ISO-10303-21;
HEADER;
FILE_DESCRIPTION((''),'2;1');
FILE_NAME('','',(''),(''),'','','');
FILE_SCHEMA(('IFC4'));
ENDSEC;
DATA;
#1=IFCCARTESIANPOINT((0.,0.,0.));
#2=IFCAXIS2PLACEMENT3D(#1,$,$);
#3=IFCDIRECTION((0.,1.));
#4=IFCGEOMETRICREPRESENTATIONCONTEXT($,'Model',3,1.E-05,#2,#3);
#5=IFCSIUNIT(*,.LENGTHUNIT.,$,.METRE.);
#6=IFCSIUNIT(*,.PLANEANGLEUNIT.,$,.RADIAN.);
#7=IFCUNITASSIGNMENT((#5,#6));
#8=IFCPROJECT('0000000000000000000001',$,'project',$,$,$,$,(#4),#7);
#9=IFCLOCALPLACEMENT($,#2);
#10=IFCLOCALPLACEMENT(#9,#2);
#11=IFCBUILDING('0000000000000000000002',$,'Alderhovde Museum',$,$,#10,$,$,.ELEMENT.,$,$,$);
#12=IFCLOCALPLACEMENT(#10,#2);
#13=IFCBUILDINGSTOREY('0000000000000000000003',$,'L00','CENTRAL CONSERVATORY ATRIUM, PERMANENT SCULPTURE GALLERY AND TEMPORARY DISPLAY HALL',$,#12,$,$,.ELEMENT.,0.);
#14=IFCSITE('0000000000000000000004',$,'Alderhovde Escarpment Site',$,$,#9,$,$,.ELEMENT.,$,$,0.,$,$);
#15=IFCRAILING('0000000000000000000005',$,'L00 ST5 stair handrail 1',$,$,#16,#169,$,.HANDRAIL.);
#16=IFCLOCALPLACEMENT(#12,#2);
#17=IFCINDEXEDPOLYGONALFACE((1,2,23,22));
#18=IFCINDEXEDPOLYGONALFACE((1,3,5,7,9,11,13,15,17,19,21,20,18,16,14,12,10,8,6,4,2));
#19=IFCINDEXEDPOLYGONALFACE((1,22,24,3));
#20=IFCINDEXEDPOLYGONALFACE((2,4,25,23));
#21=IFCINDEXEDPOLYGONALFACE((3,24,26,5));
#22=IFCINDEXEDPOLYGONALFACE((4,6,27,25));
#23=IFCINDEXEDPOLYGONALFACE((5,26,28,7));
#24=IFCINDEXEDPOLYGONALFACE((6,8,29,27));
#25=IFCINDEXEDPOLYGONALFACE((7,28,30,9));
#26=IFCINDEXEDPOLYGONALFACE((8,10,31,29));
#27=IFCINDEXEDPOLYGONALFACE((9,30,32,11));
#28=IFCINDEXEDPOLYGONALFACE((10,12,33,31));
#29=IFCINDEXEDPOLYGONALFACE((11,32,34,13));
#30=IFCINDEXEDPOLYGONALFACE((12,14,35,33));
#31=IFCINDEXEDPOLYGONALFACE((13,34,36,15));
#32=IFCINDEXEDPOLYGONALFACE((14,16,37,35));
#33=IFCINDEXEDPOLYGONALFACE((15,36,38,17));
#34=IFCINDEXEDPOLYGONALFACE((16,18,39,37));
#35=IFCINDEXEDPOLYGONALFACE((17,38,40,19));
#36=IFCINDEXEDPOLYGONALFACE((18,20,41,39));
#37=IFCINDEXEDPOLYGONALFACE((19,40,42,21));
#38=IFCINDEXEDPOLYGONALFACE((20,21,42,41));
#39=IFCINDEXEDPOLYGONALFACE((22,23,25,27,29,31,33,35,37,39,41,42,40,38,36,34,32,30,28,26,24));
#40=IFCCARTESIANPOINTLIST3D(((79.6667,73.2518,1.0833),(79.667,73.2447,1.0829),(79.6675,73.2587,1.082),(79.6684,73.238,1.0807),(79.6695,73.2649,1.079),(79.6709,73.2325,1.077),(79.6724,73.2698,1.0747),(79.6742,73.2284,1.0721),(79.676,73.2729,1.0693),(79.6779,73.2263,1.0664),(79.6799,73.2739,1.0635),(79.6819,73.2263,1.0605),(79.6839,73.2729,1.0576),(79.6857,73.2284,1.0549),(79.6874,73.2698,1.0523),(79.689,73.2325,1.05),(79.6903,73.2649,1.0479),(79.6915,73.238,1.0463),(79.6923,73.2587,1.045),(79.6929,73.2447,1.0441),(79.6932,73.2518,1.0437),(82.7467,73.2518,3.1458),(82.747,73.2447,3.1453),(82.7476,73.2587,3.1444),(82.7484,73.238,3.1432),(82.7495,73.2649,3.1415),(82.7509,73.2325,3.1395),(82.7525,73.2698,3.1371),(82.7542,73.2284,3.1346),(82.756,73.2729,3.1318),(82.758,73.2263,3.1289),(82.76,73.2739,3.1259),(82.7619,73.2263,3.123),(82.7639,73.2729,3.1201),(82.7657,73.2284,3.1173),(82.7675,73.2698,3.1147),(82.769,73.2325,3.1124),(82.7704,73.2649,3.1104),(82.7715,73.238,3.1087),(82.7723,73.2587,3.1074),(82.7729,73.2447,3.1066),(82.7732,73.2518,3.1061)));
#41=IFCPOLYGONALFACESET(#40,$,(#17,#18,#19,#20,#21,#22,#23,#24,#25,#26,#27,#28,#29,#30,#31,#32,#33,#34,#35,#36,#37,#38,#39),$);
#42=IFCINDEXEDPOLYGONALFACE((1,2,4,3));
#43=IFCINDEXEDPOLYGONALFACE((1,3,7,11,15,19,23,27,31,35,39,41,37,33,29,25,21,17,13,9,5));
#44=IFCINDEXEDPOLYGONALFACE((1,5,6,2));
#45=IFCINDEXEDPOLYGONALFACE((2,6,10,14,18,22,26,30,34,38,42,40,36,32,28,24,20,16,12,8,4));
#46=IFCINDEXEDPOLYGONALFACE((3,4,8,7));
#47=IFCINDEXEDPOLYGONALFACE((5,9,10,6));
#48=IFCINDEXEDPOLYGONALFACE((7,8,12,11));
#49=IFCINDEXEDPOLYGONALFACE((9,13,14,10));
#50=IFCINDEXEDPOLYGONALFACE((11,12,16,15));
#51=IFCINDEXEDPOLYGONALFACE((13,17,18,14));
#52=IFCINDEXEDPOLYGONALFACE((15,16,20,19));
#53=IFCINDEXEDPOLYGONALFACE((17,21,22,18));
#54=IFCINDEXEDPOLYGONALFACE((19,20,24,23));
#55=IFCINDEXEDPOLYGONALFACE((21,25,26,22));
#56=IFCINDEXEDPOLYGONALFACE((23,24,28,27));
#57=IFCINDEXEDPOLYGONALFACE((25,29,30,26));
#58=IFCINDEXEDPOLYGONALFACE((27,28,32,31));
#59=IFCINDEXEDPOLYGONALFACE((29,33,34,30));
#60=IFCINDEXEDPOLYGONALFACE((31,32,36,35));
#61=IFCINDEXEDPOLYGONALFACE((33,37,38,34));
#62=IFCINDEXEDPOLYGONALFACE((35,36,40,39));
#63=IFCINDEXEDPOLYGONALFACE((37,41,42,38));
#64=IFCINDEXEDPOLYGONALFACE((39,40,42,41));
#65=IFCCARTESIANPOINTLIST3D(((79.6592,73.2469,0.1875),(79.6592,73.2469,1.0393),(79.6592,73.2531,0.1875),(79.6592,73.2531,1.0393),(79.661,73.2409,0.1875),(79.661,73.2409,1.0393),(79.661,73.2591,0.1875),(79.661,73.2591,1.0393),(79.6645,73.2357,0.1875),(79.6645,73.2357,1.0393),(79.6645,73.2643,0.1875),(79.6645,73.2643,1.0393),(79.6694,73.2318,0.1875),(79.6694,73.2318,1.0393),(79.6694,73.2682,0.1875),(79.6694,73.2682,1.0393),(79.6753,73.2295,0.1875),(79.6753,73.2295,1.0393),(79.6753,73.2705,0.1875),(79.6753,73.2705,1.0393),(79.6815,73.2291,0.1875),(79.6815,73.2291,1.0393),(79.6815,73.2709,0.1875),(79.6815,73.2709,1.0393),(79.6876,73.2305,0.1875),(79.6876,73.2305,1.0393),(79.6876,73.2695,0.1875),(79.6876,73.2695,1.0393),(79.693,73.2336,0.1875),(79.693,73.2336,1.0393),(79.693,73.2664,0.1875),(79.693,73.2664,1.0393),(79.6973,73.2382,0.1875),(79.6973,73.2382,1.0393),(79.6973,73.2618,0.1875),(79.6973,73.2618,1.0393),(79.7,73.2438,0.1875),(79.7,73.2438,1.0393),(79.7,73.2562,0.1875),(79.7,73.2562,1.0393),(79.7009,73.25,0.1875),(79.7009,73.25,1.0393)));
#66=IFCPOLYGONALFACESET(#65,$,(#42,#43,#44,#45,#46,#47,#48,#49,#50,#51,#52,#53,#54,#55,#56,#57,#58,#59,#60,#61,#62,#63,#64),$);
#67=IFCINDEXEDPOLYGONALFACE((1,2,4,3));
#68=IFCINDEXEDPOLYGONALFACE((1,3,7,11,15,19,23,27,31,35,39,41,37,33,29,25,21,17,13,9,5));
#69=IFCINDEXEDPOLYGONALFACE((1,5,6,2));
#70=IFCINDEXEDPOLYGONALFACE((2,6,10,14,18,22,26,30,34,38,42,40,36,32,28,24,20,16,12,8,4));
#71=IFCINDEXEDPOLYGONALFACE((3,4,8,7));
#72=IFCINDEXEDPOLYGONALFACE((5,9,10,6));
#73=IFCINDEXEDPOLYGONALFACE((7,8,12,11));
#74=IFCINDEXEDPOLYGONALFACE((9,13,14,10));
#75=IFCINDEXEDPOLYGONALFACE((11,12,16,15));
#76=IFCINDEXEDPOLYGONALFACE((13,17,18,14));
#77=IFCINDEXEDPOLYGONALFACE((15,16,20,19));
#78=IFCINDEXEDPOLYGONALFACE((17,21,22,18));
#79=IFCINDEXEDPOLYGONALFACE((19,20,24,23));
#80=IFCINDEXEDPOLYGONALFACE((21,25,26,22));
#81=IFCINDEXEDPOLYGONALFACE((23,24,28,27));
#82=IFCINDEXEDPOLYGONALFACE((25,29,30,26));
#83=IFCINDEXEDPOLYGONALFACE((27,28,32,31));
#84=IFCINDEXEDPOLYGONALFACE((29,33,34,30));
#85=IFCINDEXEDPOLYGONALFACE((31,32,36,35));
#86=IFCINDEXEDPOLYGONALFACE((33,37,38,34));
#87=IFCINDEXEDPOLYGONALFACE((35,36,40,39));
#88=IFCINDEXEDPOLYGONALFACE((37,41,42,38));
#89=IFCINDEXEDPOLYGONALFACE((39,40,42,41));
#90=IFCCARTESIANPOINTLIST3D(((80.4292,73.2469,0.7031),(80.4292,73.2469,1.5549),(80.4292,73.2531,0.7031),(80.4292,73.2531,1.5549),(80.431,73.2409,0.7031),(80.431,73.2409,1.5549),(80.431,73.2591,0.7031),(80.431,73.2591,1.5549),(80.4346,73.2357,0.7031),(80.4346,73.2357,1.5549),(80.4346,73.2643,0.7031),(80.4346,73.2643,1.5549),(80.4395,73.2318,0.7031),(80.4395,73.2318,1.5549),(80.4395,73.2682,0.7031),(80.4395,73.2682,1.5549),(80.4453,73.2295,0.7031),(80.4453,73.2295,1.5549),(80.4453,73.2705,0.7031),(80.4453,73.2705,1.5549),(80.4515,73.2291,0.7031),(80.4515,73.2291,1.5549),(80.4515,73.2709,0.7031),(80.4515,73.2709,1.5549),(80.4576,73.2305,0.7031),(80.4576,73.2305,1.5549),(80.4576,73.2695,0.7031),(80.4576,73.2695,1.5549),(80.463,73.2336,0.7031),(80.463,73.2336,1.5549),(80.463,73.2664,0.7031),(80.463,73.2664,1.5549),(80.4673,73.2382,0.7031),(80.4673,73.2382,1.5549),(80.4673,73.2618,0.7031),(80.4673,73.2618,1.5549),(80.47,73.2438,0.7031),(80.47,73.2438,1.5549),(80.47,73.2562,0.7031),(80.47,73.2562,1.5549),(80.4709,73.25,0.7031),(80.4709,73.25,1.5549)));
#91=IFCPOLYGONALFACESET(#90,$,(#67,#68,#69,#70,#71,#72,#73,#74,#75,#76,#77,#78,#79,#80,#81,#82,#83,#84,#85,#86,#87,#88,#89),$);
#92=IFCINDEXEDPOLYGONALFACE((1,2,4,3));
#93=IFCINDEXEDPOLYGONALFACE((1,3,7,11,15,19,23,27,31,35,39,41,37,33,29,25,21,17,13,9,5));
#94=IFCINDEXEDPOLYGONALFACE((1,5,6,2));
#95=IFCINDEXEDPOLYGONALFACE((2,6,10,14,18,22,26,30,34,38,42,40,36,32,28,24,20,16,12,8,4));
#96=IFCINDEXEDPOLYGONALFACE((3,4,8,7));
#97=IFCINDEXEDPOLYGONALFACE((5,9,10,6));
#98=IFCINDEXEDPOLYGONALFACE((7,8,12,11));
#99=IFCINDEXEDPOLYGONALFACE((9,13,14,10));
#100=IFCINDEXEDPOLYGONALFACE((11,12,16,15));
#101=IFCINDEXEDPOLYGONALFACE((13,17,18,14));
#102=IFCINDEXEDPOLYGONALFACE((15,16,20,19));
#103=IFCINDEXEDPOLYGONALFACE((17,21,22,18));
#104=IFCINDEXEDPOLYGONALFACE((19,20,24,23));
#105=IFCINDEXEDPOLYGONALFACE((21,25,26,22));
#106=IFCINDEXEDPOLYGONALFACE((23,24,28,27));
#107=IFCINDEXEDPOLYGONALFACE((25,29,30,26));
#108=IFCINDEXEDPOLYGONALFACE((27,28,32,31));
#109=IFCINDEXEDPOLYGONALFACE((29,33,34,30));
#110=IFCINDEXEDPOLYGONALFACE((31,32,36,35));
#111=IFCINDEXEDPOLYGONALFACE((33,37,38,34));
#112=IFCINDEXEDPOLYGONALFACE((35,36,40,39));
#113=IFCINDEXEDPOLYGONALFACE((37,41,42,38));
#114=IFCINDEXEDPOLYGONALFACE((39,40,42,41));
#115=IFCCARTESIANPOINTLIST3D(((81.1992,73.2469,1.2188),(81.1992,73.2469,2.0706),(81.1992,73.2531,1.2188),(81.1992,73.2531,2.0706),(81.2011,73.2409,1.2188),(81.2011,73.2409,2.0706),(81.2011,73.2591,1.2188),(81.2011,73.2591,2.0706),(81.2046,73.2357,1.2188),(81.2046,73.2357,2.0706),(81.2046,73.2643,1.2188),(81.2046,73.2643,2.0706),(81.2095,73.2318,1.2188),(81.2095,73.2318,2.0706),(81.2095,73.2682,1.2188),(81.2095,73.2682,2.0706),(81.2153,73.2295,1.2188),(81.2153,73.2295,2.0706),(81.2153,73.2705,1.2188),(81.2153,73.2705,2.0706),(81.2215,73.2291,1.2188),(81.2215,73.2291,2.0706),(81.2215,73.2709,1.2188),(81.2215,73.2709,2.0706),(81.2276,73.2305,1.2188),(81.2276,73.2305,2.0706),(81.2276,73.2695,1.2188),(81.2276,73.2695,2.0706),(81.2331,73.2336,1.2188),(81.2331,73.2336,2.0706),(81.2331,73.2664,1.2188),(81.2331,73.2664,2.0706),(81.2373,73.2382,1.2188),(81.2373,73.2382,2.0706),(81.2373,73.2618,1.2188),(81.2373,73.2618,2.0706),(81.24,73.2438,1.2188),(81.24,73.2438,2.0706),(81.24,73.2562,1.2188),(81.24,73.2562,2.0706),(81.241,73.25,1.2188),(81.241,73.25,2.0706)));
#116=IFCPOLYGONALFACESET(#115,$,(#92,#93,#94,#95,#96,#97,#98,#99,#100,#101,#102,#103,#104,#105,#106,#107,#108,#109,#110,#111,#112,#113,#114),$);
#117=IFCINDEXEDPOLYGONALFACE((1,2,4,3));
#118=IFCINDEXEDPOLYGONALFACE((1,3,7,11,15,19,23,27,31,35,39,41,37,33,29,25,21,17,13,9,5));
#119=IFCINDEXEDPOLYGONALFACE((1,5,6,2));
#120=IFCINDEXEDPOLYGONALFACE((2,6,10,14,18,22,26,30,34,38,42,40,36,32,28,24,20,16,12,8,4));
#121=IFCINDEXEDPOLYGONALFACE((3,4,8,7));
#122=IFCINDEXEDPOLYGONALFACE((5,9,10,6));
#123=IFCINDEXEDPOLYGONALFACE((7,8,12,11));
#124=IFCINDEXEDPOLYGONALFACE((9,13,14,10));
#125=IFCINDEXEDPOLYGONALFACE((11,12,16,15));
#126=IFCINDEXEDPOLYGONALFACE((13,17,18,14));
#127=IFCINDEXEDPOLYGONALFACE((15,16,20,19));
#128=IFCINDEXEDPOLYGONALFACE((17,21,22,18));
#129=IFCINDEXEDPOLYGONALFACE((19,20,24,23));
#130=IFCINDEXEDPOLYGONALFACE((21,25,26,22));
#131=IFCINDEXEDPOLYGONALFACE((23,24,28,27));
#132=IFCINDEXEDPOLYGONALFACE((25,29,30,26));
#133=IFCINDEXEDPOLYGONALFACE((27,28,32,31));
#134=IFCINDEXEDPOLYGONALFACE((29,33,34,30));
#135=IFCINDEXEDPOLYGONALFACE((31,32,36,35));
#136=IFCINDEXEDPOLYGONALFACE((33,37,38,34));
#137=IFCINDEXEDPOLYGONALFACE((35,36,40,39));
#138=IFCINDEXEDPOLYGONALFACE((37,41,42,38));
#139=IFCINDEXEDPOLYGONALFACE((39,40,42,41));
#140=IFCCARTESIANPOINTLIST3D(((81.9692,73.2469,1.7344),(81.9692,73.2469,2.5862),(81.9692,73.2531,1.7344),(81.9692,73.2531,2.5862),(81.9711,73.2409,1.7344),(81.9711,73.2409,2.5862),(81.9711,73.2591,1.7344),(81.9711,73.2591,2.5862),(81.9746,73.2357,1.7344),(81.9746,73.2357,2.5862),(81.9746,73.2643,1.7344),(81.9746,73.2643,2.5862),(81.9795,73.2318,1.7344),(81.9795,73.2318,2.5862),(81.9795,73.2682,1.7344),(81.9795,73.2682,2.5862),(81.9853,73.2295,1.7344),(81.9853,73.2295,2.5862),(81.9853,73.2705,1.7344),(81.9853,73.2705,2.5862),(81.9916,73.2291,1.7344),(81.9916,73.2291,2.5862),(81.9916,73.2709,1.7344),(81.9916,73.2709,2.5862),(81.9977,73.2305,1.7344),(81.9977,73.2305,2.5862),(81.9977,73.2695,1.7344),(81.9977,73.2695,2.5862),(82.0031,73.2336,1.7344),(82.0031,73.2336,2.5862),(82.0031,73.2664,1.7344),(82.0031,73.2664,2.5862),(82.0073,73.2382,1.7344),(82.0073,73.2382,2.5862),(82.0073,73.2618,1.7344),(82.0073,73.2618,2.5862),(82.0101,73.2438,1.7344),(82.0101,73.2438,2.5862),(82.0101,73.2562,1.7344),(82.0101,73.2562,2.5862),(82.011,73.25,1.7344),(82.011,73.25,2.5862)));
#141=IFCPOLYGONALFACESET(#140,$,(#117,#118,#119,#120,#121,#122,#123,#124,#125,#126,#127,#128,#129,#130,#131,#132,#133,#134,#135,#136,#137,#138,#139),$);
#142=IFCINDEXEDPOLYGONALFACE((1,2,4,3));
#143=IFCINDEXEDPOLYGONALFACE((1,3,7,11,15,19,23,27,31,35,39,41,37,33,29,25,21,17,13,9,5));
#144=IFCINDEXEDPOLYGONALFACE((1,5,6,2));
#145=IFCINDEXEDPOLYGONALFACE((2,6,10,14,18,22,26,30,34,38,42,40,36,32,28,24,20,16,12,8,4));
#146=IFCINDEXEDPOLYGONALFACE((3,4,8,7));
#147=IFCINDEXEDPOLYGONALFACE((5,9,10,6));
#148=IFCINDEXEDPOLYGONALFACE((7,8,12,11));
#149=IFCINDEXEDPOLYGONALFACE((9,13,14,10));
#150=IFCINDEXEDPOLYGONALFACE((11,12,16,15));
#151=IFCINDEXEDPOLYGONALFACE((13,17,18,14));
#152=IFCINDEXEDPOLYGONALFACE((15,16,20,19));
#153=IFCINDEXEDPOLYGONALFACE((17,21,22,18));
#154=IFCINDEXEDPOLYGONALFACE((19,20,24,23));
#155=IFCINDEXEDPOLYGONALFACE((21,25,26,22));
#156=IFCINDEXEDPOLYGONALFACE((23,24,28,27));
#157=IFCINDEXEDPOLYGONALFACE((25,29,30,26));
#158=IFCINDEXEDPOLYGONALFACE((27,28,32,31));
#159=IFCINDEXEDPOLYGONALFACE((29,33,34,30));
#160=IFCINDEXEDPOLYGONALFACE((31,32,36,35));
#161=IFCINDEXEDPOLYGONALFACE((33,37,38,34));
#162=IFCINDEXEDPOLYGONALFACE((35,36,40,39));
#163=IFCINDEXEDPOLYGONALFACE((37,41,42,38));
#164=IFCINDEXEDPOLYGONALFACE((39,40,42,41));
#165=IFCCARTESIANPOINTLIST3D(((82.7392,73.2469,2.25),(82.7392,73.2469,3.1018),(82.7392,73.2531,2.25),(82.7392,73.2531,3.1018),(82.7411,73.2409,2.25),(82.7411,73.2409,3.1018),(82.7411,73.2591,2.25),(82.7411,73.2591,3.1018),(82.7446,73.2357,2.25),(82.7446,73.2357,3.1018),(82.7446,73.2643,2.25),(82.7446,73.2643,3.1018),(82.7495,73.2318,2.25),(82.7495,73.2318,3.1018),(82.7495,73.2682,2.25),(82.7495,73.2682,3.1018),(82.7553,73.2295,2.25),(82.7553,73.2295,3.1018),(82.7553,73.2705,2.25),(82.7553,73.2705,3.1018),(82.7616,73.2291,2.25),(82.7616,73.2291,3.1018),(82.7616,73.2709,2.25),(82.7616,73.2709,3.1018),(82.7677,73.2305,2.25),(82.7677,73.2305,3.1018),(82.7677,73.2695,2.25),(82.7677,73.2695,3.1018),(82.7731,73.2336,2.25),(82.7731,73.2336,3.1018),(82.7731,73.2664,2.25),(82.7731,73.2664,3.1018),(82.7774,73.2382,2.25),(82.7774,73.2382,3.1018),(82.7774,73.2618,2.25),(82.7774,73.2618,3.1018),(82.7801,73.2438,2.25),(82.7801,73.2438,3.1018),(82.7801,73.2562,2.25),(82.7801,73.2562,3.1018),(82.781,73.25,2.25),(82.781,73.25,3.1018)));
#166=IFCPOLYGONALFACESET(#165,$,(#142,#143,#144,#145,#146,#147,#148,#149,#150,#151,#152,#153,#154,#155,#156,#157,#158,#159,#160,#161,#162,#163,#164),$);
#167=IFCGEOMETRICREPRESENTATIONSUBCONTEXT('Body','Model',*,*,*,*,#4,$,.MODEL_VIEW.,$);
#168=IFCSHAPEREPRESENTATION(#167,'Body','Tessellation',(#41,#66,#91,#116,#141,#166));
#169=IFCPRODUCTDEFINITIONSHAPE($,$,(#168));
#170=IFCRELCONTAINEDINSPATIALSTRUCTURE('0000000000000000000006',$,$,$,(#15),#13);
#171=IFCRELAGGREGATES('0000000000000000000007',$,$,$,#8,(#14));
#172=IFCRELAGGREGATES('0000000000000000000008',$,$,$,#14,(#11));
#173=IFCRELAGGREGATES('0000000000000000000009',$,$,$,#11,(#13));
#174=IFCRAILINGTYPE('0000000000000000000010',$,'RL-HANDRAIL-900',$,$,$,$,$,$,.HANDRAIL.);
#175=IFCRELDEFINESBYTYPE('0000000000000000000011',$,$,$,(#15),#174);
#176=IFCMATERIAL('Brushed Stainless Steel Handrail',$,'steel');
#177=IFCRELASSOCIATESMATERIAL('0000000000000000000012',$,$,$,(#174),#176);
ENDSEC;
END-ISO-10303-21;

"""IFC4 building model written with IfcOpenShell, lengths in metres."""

from ifc_helpers import new_model, si_unit, direction, frame, origin, origin_2d, place, context, subcontext, project, spatial, circle, extrude, material, type_object, element, save


model = new_model("IFC4")

# Units and contexts
model_context = context("Model", 3, precision=1e-05, world=origin(), true_north=direction((0.0, 1.0)))
body_context = subcontext(model_context, "Body", "Model", "MODEL_VIEW")
ifc_project = project(units=[si_unit("LENGTHUNIT", "METRE"), si_unit("PLANEANGLEUNIT", "RADIAN")], contexts=[model_context])

# Site, building, storey
site_placement = place(None, origin())
site = spatial("IfcSite", under=ifc_project, at=site_placement, Name="Alderhovde Escarpment Site", CompositionType="ELEMENT", RefElevation=0.0)
building_placement = place(site_placement, origin())
building = spatial("IfcBuilding", under=site, at=building_placement, Name="Alderhovde Museum", CompositionType="ELEMENT")
storey_placement = place(building_placement, origin())
storey = spatial("IfcBuildingStorey", under=building, at=storey_placement, Name="L00", Description="CENTRAL CONSERVATORY ATRIUM, PERMANENT SCULPTURE GALLERY AND TEMPORARY DISPLAY HALL", CompositionType="ELEMENT", Elevation=0.0)

# Railing
ifc_material_1 = material(Name="Brushed Stainless Steel Handrail", Category="steel")
railing_type_1 = type_object("IfcRailingType", Name="RL-HANDRAIL-900", PredefinedType="HANDRAIL", material=ifc_material_1)
railing_1_placement = place(storey_placement, frame((79.6799, 73.25, 0.1875)))
element("IfcRailing", 1, at=railing_1_placement, inside=storey, type_object=railing_type_1, Name="L00 ST5 stair handrail 1", PredefinedType="HANDRAIL", context=body_context, shape_type="SweptSolid", body=[
    extrude(circle(Radius=0.0239, at=origin_2d()), frame((0.0, 0.0, 0.876), z_axis=(0.830914, 0.0, 0.556401), x_axis=(0.0, 1.0, 0.0)), (0.0, 0.0, 1.0), 3.7068),
    extrude(circle(Radius=0.021, at=origin_2d()), origin(), (0.0, 0.0, 1.0), 0.8518),
    extrude(circle(Radius=0.021, at=origin_2d()), frame((0.77, 0.0, 0.5156)), (0.0, 0.0, 1.0), 0.8518),
    extrude(circle(Radius=0.021, at=origin_2d()), frame((1.54, 0.0, 1.0312)), (0.0, 0.0, 1.0), 0.8518),
    extrude(circle(Radius=0.021, at=origin_2d()), frame((2.3101, 0.0, 1.5469)), (0.0, 0.0, 1.0), 0.8518),
    extrude(circle(Radius=0.021, at=origin_2d()), frame((3.0801, 0.0, 2.0625)), (0.0, 0.0, 1.0), 0.8518),
])

save(model, "model.ifc")
